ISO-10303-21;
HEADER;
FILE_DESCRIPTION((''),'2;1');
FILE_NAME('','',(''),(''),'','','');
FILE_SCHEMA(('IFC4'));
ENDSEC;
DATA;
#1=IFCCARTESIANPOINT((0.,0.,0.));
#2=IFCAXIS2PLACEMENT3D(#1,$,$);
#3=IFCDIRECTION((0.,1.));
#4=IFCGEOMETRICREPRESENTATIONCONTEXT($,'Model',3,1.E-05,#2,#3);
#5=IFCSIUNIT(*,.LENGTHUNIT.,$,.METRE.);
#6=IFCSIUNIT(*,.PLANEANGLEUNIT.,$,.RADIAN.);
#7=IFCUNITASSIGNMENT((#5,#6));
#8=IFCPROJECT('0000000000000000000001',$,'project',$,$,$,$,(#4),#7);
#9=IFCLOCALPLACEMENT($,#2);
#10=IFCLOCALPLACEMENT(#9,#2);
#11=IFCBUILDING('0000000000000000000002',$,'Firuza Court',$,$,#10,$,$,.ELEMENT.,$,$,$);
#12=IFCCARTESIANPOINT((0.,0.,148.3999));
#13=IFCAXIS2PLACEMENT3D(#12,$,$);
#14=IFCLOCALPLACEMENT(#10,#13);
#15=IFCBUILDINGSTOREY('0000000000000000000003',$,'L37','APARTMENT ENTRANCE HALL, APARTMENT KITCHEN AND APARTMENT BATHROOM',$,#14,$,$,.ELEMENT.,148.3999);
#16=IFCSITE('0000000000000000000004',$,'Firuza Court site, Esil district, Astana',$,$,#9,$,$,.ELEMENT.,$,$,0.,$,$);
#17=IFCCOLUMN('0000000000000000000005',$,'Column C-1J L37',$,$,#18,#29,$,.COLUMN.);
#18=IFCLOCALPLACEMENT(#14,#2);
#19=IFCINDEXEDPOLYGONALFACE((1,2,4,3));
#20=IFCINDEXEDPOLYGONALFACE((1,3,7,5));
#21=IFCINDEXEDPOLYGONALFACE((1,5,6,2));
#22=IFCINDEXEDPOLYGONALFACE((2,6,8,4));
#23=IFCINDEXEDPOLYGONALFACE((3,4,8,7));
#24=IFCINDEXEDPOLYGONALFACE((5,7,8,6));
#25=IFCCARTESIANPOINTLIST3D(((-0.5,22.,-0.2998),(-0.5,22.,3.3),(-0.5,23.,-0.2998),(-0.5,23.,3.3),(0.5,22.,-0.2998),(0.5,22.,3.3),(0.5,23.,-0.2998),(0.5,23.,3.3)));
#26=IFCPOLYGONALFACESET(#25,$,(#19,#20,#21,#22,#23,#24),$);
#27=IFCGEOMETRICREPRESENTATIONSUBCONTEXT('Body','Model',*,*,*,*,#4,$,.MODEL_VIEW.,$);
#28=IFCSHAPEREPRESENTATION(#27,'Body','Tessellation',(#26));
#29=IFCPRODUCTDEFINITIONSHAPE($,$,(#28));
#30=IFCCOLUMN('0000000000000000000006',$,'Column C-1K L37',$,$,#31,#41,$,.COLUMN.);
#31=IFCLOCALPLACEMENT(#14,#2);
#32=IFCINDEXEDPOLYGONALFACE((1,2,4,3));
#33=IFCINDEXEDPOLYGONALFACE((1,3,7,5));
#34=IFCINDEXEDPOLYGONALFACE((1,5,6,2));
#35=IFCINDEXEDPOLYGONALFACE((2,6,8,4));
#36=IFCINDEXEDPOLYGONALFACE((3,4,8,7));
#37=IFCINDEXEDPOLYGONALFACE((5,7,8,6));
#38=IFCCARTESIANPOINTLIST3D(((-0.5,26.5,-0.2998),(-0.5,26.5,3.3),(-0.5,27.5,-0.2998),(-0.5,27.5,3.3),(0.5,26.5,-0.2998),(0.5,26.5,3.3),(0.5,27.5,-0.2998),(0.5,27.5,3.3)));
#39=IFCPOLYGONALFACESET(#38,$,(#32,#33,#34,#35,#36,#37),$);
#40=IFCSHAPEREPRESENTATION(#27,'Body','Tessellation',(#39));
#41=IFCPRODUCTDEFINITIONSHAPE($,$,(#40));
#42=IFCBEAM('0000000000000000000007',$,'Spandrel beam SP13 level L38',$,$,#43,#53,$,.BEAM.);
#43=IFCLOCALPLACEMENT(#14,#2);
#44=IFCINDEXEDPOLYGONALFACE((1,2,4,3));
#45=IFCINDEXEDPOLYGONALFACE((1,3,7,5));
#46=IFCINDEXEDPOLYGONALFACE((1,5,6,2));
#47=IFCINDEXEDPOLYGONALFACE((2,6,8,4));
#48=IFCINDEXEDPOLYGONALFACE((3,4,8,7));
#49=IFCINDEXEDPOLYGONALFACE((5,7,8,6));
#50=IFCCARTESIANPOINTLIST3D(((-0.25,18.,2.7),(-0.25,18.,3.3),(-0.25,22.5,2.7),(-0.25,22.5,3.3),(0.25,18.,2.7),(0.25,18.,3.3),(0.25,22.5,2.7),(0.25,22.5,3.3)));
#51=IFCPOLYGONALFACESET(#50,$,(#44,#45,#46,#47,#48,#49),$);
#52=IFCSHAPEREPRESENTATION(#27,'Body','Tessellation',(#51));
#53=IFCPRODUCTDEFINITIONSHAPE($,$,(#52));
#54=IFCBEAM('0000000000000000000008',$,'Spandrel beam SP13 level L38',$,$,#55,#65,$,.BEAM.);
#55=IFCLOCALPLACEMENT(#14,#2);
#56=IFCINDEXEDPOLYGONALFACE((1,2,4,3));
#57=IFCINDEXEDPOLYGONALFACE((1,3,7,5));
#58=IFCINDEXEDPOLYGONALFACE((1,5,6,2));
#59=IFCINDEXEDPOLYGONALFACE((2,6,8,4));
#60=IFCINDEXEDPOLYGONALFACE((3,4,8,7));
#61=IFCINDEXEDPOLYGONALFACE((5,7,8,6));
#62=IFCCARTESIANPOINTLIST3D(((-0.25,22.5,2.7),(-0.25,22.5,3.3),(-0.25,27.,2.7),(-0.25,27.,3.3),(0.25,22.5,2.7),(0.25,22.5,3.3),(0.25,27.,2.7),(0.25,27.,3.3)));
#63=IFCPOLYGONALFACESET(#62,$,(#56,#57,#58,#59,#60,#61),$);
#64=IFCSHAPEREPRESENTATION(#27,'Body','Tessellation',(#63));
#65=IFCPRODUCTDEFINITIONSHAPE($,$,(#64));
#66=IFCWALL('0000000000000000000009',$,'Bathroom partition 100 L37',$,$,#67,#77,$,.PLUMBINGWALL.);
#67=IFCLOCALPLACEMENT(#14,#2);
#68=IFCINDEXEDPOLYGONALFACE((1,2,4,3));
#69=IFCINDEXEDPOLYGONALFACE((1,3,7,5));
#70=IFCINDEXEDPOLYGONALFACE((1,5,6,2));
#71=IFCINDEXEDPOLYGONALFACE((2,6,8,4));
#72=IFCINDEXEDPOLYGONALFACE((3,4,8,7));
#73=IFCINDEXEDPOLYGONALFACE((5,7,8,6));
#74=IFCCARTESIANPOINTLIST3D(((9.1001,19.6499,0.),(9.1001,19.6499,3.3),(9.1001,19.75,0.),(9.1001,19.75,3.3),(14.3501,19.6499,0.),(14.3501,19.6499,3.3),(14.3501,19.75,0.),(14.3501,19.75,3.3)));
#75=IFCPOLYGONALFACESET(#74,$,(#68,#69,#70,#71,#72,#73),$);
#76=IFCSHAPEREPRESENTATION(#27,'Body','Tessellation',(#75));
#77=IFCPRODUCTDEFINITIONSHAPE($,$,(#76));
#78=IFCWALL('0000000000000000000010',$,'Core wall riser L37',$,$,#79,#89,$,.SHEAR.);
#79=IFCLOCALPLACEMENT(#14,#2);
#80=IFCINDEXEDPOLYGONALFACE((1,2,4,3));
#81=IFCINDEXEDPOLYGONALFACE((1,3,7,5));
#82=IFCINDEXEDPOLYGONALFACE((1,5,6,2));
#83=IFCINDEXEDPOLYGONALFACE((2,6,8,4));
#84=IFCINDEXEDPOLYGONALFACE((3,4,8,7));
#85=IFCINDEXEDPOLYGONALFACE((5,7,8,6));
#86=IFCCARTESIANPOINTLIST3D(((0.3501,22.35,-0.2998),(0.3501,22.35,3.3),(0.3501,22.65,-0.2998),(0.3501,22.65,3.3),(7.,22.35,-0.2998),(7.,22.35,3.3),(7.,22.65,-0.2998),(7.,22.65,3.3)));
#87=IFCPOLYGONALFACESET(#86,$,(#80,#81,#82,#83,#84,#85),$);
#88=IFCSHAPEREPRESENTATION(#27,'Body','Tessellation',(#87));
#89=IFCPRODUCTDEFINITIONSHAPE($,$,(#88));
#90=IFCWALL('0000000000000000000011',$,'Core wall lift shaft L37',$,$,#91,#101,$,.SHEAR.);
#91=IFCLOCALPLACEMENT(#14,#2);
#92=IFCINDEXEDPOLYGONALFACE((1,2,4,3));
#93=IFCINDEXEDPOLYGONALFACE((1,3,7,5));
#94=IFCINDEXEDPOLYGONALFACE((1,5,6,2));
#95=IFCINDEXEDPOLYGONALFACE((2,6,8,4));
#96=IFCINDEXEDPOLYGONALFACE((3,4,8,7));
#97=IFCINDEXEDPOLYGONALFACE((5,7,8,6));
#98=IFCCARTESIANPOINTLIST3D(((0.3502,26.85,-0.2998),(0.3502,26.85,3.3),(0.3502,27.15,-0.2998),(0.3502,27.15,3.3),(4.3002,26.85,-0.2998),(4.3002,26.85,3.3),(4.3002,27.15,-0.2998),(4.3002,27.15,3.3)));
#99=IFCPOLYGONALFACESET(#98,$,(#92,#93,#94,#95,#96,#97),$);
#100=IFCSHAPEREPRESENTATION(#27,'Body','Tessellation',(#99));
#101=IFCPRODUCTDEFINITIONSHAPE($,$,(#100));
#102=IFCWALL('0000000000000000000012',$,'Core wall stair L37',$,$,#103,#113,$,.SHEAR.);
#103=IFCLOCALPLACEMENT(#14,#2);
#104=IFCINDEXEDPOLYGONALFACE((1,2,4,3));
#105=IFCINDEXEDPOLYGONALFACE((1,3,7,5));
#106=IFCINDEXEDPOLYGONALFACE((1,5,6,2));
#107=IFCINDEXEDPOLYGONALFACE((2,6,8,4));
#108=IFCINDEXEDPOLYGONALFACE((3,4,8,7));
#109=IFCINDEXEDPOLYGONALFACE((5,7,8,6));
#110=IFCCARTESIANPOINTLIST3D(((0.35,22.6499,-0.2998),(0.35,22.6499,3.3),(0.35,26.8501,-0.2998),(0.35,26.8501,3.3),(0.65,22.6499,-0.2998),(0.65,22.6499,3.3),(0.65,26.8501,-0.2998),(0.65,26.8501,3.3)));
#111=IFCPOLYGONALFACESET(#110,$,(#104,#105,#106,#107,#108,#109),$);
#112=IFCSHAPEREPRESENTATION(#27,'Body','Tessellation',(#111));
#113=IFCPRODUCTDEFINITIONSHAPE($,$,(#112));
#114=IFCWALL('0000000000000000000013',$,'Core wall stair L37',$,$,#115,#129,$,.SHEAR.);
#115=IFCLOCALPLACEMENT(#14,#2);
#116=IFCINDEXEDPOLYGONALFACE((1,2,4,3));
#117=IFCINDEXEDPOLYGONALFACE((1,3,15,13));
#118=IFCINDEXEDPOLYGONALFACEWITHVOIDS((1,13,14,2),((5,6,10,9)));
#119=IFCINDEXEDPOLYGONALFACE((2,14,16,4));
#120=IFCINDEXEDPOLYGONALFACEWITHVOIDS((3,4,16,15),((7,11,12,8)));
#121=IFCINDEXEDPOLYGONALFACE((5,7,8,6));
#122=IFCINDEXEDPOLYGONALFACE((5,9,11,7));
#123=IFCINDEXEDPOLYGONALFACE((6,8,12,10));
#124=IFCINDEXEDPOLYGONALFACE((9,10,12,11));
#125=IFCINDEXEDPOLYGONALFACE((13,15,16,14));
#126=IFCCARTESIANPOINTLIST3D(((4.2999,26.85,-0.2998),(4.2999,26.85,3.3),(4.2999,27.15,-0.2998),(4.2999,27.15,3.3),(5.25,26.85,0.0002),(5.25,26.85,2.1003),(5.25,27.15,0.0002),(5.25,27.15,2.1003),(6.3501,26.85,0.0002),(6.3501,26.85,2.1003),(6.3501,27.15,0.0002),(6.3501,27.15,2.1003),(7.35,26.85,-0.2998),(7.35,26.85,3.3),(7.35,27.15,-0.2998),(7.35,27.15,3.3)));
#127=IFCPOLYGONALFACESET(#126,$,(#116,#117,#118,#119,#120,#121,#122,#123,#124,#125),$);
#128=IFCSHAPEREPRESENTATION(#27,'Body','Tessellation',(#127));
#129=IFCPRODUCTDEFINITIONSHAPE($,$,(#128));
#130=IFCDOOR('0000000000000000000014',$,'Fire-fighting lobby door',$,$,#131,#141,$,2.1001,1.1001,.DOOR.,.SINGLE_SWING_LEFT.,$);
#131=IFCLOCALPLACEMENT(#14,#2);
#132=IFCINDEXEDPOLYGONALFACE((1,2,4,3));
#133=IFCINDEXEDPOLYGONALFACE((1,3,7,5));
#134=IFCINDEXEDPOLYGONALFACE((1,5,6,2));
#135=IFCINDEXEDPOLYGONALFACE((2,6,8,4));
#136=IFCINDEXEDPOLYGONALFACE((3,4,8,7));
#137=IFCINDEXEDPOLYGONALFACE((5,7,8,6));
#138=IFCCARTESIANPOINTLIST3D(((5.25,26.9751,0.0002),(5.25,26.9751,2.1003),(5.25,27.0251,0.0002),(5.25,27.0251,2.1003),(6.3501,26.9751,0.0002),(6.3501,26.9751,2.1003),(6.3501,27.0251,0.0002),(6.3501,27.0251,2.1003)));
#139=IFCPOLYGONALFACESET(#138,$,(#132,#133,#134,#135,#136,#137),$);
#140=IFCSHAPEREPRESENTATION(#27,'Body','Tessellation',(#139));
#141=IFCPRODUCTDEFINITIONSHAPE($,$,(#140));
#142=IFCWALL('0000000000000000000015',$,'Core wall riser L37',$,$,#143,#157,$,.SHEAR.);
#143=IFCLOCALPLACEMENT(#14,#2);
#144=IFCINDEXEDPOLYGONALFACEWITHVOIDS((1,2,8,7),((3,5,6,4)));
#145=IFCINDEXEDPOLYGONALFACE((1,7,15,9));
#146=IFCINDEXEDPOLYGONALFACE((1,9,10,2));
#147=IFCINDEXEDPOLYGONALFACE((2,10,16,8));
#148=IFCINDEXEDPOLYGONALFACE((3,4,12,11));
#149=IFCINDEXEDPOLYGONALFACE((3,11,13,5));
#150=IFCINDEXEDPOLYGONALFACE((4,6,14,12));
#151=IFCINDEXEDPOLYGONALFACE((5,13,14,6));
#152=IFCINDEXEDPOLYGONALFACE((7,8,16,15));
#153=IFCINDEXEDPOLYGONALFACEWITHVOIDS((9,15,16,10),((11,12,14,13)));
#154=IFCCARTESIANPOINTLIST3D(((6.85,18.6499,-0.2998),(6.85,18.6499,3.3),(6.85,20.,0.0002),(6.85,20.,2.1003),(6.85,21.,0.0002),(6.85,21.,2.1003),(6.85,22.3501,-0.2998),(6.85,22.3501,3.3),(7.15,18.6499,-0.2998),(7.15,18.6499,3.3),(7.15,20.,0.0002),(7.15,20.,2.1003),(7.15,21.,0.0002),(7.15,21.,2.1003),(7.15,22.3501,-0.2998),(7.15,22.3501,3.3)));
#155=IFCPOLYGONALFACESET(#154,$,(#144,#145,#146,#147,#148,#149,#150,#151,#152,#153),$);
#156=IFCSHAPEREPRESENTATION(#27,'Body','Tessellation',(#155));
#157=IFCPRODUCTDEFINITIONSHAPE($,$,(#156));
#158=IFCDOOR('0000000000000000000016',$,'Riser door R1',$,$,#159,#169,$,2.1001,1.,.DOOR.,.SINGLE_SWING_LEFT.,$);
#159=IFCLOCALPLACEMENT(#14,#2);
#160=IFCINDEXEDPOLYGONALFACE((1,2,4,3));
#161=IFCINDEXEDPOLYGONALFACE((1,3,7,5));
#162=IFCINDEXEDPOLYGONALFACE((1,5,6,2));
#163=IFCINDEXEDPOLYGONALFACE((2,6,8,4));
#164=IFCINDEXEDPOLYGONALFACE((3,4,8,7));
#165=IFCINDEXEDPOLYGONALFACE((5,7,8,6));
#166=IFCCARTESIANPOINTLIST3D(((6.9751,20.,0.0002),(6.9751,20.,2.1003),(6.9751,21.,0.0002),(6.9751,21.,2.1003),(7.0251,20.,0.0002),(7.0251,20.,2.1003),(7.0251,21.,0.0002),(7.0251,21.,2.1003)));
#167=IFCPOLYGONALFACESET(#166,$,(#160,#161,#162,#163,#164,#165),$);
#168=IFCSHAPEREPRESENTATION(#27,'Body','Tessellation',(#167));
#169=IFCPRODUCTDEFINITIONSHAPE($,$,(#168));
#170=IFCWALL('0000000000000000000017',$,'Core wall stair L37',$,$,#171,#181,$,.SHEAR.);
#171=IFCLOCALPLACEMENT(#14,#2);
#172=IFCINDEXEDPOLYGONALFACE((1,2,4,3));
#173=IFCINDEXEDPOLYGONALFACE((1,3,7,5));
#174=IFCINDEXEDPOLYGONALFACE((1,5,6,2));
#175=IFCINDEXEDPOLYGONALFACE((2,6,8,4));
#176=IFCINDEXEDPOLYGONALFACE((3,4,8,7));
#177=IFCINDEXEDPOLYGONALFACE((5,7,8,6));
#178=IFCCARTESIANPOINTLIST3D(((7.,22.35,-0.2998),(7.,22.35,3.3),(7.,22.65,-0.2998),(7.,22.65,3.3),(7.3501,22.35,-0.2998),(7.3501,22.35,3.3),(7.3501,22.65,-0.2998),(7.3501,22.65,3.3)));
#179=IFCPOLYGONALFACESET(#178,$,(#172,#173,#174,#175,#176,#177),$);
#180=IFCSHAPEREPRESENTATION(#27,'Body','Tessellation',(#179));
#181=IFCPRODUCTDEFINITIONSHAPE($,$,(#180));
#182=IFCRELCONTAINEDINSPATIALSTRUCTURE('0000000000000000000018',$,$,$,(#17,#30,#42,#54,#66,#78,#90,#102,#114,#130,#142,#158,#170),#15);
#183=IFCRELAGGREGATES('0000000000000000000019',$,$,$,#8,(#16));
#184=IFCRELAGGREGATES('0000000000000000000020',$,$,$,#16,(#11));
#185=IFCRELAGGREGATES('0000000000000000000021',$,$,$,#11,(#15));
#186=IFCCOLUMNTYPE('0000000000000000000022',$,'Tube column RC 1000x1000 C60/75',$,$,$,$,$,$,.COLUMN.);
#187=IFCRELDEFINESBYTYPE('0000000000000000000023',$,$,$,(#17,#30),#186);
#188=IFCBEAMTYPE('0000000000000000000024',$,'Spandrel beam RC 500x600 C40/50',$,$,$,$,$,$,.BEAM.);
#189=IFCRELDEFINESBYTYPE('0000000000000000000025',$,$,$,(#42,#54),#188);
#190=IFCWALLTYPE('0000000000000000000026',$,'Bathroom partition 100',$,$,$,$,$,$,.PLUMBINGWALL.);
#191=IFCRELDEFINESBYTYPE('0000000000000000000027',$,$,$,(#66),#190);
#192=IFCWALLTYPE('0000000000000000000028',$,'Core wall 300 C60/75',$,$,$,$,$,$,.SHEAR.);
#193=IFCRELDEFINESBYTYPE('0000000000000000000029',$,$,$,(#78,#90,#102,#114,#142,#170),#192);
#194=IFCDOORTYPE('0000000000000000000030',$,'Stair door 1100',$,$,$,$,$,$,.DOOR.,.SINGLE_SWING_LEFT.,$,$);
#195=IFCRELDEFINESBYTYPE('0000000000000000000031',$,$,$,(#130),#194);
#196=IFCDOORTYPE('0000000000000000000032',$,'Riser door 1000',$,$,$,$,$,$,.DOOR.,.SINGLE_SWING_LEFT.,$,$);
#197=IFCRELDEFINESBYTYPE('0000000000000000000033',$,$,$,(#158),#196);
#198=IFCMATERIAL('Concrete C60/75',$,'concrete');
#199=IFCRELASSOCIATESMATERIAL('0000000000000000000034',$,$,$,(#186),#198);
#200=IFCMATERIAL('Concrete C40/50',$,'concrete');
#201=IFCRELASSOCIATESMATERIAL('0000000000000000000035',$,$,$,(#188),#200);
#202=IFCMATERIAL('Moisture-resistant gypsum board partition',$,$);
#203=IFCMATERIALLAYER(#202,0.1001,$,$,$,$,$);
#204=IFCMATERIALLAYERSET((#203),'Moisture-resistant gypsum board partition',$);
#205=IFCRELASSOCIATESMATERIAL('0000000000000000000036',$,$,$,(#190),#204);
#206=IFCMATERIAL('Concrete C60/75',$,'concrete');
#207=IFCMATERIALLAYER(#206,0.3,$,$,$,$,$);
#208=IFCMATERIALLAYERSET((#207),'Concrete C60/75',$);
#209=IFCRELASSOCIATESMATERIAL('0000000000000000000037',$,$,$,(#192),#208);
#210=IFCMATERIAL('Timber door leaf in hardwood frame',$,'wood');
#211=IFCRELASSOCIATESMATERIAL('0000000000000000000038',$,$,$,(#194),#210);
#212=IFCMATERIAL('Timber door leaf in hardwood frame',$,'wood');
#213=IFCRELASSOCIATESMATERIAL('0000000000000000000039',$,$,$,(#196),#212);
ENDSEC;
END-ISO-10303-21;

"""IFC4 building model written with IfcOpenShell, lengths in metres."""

from ifc_helpers import new_model, si_unit, direction, frame, frame_2d, origin, origin_2d, place, context, subcontext, project, spatial, rectangle, extrude, material, layer, layer_set, material_profile, profile_set, type_object, element, fill, save


model = new_model("IFC4")

# Units and contexts
model_context = context("Model", 3, precision=1e-05, world=origin(), true_north=direction((0.0, 1.0)))
body_context = subcontext(model_context, "Body", "Model", "MODEL_VIEW")
ifc_project = project(units=[si_unit("LENGTHUNIT", "METRE"), si_unit("PLANEANGLEUNIT", "RADIAN")], contexts=[model_context])

# Site, building, storey
site_placement = place(None, origin())
site = spatial("IfcSite", under=ifc_project, at=site_placement, Name="Firuza Court site, Esil district, Astana", CompositionType="ELEMENT", RefElevation=0.0)
building_placement = place(site_placement, origin())
building = spatial("IfcBuilding", under=site, at=building_placement, Name="Firuza Court", CompositionType="ELEMENT")
storey_placement = place(building_placement, frame((0.0, 0.0, 148.3999)))
storey = spatial("IfcBuildingStorey", under=building, at=storey_placement, Name="L37", Description="APARTMENT ENTRANCE HALL, APARTMENT KITCHEN AND APARTMENT BATHROOM", CompositionType="ELEMENT", Elevation=148.3999)

# Columns
ifc_material_1 = material(Name="Concrete C60/75", Category="concrete")
ifc_material_profile_1 = material_profile(ifc_material_1, rectangle(XDim=1.0, YDim=1.0, at=origin_2d()), Name="RC 1000x1000")
ifc_profile_set_1 = profile_set([ifc_material_profile_1], Name="Concrete C60/75")
column_type = type_object("IfcColumnType", Name="Tube column RC 1000x1000 C60/75", PredefinedType="COLUMN", material=ifc_profile_set_1)
for number, where, z_axis, x_axis, name in (
    (1, (0.0, 22.5, -0.2998), (0.0, 0.0, 1.0), (1.0, 0.0, 0.0), "Column C-1J L37"),
    (2, (0.0, 27.0, -0.2998), (0.0, 0.0, 1.0), (1.0, 0.0, 0.0), "Column C-1K L37"),
):
    element("IfcColumn", number, at=place(storey_placement, frame(where, z_axis=z_axis, x_axis=x_axis)), inside=storey, type_object=column_type, Name=name, PredefinedType="COLUMN", context=body_context, shape_type="SweptSolid", body=[
        extrude(rectangle(XDim=1.0, YDim=1.0, at=origin_2d()), origin(), (0.0, 0.0, 1.0), 3.5999),
    ])

# Beams
ifc_material_2 = material(Name="Concrete C40/50", Category="concrete")
ifc_material_profile_2 = material_profile(ifc_material_2, rectangle(XDim=0.5, YDim=0.6001, at=origin_2d()), Name="RC 500x600")
ifc_profile_set_2 = profile_set([ifc_material_profile_2], Name="Concrete C40/50")
beam_type = type_object("IfcBeamType", Name="Spandrel beam RC 500x600 C40/50", PredefinedType="BEAM", material=ifc_profile_set_2)
for number, where, z_axis, x_axis, name in (
    (3, (0.0, 22.5, 3.0), (0.0, -1.0, 0.0), (1.0, 0.0, 0.0), "Spandrel beam SP13 level L38"),
    (4, (0.0, 27.0, 3.0), (0.0, -1.0, 0.0), (1.0, 0.0, 0.0), "Spandrel beam SP13 level L38"),
):
    element("IfcBeam", number, at=place(storey_placement, frame(where, z_axis=z_axis, x_axis=x_axis)), inside=storey, type_object=beam_type, Name=name, PredefinedType="BEAM", context=body_context, shape_type="SweptSolid", body=[
        extrude(rectangle(XDim=0.5, YDim=0.6001, at=origin_2d()), origin(), (0.0, 0.0, 1.0), 4.5),
    ])

# Walls
ifc_material_3 = material(Name="Moisture-resistant gypsum board partition")
ifc_layer_1 = layer(ifc_material_3, 0.1001)
ifc_layer_set_1 = layer_set([ifc_layer_1], Name="Moisture-resistant gypsum board partition")
wall_type_1 = type_object("IfcWallType", Name="Bathroom partition 100", PredefinedType="PLUMBINGWALL", material=ifc_layer_set_1)
wall_1_placement = place(storey_placement, frame((9.1001, 19.7, 0.0), z_axis=(0.0, 0.0, 1.0), x_axis=(1.0, 0.0, 0.0)))
element("IfcWall", 5, at=wall_1_placement, inside=storey, type_object=wall_type_1, Name="Bathroom partition 100 L37", PredefinedType="PLUMBINGWALL", context=body_context, shape_type="SweptSolid", body=[
    extrude(rectangle(XDim=5.25, YDim=0.1001, at=frame_2d((2.625, 0.0))), origin(), (0.0, 0.0, 1.0), 3.3),
])
ifc_material_4 = material(Name="Concrete C60/75", Category="concrete")
ifc_layer_2 = layer(ifc_material_4, 0.3)
ifc_layer_set_2 = layer_set([ifc_layer_2], Name="Concrete C60/75")
wall_type_2 = type_object("IfcWallType", Name="Core wall 300 C60/75", PredefinedType="SHEAR", material=ifc_layer_set_2)
wall_2_placement = place(storey_placement, frame((0.3501, 22.5, -0.2998), z_axis=(0.0, 0.0, 1.0), x_axis=(1.0, 0.0, 0.0)))
element("IfcWall", 6, at=wall_2_placement, inside=storey, type_object=wall_type_2, Name="Core wall riser L37", PredefinedType="SHEAR", context=body_context, shape_type="SweptSolid", body=[
    extrude(rectangle(XDim=6.6499, YDim=0.3, at=frame_2d((3.325, 0.0))), origin(), (0.0, 0.0, 1.0), 3.5999),
])
wall_3_placement = place(storey_placement, frame((0.3501, 27.0, -0.2998), z_axis=(0.0, 0.0, 1.0), x_axis=(1.0, 0.0, 0.0)))
element("IfcWall", 7, at=wall_3_placement, inside=storey, type_object=wall_type_2, Name="Core wall lift shaft L37", PredefinedType="SHEAR", context=body_context, shape_type="SweptSolid", body=[
    extrude(rectangle(XDim=3.95, YDim=0.3, at=frame_2d((1.9751, 0.0))), origin(), (0.0, 0.0, 1.0), 3.5999),
])
wall_4_placement = place(storey_placement, frame((0.5, 22.6499, -0.2998), z_axis=(0.0, 0.0, 1.0), x_axis=(0.0, 1.0, 0.0)))
element("IfcWall", 8, at=wall_4_placement, inside=storey, type_object=wall_type_2, Name="Core wall stair L37", PredefinedType="SHEAR", context=body_context, shape_type="SweptSolid", body=[
    extrude(rectangle(XDim=4.2002, YDim=0.3, at=frame_2d((2.1001, 0.0))), origin(), (0.0, 0.0, 1.0), 3.5999),
])

# Walls, openings, doors
wall_5_placement = place(storey_placement, frame((4.3, 27.0, -0.2998), z_axis=(0.0, 0.0, 1.0), x_axis=(1.0, 0.0, 0.0)))
wall_5 = element("IfcWall", 9, at=wall_5_placement, inside=storey, type_object=wall_type_2, Name="Core wall stair L37", PredefinedType="SHEAR", context=body_context, shape_type="SweptSolid", body=[
    extrude(rectangle(XDim=3.05, YDim=0.3, at=frame_2d((1.5249, 0.0))), origin(), (0.0, 0.0, 1.0), 3.5999),
])
opening_1_placement = place(wall_5_placement, frame((0.95, 0.0, 0.3)))
opening_1 = element("IfcOpeningElement", 10, at=opening_1_placement, cuts=wall_5, PredefinedType="OPENING", context=body_context, shape_type="SweptSolid", body=[
    extrude(rectangle(XDim=1.1001, YDim=2.1001, at=frame_2d((0.55, 1.05))), frame((0.0, 0.1621, 0.0), z_axis=(0.0, -1.0, 0.0), x_axis=(1.0, 0.0, 0.0)), (0.0, 0.0, 1.0), 0.324),
])
ifc_material_5 = material(Name="Timber door leaf in hardwood frame", Category="wood")
door_type_1 = type_object("IfcDoorType", Name="Stair door 1100", OperationType="SINGLE_SWING_LEFT", PredefinedType="DOOR", material=ifc_material_5)
door_1_placement = place(opening_1_placement, frame((1.1001, 0.0, 0.0), z_axis=(0.0, 0.0, 1.0), x_axis=(-1.0, 0.0, 0.0)))
door_1 = element("IfcDoor", 11, at=door_1_placement, inside=storey, type_object=door_type_1, Name="Fire-fighting lobby door", OperationType="SINGLE_SWING_LEFT", OverallHeight=2.1001, OverallWidth=1.1001, PredefinedType="DOOR", context=body_context, shape_type="SweptSolid", body=[
    extrude(rectangle(XDim=1.1001, YDim=2.1001, at=frame_2d((0.55, 1.05))), frame((0.0, 0.0249, 0.0), z_axis=(0.0, -1.0, 0.0), x_axis=(1.0, 0.0, 0.0)), (0.0, 0.0, 1.0), 0.05),
])
fill(opening_1, door_1)
wall_6_placement = place(storey_placement, frame((7.0, 18.6499, -0.2998), z_axis=(0.0, 0.0, 1.0), x_axis=(0.0, 1.0, 0.0)))
wall_6 = element("IfcWall", 12, at=wall_6_placement, inside=storey, type_object=wall_type_2, Name="Core wall riser L37", PredefinedType="SHEAR", context=body_context, shape_type="SweptSolid", body=[
    extrude(rectangle(XDim=3.7002, YDim=0.3, at=frame_2d((1.8501, 0.0))), origin(), (0.0, 0.0, 1.0), 3.5999),
])
opening_2_placement = place(wall_6_placement, frame((1.3501, 0.0, 0.3)))
opening_2 = element("IfcOpeningElement", 13, at=opening_2_placement, cuts=wall_6, PredefinedType="OPENING", context=body_context, shape_type="SweptSolid", body=[
    extrude(rectangle(XDim=1.0, YDim=2.1001, at=frame_2d((0.5, 1.05))), frame((0.0, 0.1621, 0.0), z_axis=(0.0, -1.0, 0.0), x_axis=(1.0, 0.0, 0.0)), (0.0, 0.0, 1.0), 0.324),
])
ifc_material_6 = material(Name="Timber door leaf in hardwood frame", Category="wood")
door_type_2 = type_object("IfcDoorType", Name="Riser door 1000", OperationType="SINGLE_SWING_LEFT", PredefinedType="DOOR", material=ifc_material_6)
door_2_placement = place(opening_2_placement, origin())
door_2 = element("IfcDoor", 14, at=door_2_placement, inside=storey, type_object=door_type_2, Name="Riser door R1", OperationType="SINGLE_SWING_LEFT", OverallHeight=2.1001, OverallWidth=1.0, PredefinedType="DOOR", context=body_context, shape_type="SweptSolid", body=[
    extrude(rectangle(XDim=1.0, YDim=2.1001, at=frame_2d((0.5, 1.05))), frame((0.0, 0.0249, 0.0), z_axis=(0.0, -1.0, 0.0), x_axis=(1.0, 0.0, 0.0)), (0.0, 0.0, 1.0), 0.05),
])
fill(opening_2, door_2)

# Wall
wall_7_placement = place(storey_placement, frame((7.0, 22.5, -0.2998), z_axis=(0.0, 0.0, 1.0), x_axis=(1.0, 0.0, 0.0)))
element("IfcWall", 15, at=wall_7_placement, inside=storey, type_object=wall_type_2, Name="Core wall stair L37", PredefinedType="SHEAR", context=body_context, shape_type="SweptSolid", body=[
    extrude(rectangle(XDim=0.3501, YDim=0.3, at=frame_2d((0.175, 0.0))), origin(), (0.0, 0.0, 1.0), 3.5999),
])

save(model, "model.ifc")
